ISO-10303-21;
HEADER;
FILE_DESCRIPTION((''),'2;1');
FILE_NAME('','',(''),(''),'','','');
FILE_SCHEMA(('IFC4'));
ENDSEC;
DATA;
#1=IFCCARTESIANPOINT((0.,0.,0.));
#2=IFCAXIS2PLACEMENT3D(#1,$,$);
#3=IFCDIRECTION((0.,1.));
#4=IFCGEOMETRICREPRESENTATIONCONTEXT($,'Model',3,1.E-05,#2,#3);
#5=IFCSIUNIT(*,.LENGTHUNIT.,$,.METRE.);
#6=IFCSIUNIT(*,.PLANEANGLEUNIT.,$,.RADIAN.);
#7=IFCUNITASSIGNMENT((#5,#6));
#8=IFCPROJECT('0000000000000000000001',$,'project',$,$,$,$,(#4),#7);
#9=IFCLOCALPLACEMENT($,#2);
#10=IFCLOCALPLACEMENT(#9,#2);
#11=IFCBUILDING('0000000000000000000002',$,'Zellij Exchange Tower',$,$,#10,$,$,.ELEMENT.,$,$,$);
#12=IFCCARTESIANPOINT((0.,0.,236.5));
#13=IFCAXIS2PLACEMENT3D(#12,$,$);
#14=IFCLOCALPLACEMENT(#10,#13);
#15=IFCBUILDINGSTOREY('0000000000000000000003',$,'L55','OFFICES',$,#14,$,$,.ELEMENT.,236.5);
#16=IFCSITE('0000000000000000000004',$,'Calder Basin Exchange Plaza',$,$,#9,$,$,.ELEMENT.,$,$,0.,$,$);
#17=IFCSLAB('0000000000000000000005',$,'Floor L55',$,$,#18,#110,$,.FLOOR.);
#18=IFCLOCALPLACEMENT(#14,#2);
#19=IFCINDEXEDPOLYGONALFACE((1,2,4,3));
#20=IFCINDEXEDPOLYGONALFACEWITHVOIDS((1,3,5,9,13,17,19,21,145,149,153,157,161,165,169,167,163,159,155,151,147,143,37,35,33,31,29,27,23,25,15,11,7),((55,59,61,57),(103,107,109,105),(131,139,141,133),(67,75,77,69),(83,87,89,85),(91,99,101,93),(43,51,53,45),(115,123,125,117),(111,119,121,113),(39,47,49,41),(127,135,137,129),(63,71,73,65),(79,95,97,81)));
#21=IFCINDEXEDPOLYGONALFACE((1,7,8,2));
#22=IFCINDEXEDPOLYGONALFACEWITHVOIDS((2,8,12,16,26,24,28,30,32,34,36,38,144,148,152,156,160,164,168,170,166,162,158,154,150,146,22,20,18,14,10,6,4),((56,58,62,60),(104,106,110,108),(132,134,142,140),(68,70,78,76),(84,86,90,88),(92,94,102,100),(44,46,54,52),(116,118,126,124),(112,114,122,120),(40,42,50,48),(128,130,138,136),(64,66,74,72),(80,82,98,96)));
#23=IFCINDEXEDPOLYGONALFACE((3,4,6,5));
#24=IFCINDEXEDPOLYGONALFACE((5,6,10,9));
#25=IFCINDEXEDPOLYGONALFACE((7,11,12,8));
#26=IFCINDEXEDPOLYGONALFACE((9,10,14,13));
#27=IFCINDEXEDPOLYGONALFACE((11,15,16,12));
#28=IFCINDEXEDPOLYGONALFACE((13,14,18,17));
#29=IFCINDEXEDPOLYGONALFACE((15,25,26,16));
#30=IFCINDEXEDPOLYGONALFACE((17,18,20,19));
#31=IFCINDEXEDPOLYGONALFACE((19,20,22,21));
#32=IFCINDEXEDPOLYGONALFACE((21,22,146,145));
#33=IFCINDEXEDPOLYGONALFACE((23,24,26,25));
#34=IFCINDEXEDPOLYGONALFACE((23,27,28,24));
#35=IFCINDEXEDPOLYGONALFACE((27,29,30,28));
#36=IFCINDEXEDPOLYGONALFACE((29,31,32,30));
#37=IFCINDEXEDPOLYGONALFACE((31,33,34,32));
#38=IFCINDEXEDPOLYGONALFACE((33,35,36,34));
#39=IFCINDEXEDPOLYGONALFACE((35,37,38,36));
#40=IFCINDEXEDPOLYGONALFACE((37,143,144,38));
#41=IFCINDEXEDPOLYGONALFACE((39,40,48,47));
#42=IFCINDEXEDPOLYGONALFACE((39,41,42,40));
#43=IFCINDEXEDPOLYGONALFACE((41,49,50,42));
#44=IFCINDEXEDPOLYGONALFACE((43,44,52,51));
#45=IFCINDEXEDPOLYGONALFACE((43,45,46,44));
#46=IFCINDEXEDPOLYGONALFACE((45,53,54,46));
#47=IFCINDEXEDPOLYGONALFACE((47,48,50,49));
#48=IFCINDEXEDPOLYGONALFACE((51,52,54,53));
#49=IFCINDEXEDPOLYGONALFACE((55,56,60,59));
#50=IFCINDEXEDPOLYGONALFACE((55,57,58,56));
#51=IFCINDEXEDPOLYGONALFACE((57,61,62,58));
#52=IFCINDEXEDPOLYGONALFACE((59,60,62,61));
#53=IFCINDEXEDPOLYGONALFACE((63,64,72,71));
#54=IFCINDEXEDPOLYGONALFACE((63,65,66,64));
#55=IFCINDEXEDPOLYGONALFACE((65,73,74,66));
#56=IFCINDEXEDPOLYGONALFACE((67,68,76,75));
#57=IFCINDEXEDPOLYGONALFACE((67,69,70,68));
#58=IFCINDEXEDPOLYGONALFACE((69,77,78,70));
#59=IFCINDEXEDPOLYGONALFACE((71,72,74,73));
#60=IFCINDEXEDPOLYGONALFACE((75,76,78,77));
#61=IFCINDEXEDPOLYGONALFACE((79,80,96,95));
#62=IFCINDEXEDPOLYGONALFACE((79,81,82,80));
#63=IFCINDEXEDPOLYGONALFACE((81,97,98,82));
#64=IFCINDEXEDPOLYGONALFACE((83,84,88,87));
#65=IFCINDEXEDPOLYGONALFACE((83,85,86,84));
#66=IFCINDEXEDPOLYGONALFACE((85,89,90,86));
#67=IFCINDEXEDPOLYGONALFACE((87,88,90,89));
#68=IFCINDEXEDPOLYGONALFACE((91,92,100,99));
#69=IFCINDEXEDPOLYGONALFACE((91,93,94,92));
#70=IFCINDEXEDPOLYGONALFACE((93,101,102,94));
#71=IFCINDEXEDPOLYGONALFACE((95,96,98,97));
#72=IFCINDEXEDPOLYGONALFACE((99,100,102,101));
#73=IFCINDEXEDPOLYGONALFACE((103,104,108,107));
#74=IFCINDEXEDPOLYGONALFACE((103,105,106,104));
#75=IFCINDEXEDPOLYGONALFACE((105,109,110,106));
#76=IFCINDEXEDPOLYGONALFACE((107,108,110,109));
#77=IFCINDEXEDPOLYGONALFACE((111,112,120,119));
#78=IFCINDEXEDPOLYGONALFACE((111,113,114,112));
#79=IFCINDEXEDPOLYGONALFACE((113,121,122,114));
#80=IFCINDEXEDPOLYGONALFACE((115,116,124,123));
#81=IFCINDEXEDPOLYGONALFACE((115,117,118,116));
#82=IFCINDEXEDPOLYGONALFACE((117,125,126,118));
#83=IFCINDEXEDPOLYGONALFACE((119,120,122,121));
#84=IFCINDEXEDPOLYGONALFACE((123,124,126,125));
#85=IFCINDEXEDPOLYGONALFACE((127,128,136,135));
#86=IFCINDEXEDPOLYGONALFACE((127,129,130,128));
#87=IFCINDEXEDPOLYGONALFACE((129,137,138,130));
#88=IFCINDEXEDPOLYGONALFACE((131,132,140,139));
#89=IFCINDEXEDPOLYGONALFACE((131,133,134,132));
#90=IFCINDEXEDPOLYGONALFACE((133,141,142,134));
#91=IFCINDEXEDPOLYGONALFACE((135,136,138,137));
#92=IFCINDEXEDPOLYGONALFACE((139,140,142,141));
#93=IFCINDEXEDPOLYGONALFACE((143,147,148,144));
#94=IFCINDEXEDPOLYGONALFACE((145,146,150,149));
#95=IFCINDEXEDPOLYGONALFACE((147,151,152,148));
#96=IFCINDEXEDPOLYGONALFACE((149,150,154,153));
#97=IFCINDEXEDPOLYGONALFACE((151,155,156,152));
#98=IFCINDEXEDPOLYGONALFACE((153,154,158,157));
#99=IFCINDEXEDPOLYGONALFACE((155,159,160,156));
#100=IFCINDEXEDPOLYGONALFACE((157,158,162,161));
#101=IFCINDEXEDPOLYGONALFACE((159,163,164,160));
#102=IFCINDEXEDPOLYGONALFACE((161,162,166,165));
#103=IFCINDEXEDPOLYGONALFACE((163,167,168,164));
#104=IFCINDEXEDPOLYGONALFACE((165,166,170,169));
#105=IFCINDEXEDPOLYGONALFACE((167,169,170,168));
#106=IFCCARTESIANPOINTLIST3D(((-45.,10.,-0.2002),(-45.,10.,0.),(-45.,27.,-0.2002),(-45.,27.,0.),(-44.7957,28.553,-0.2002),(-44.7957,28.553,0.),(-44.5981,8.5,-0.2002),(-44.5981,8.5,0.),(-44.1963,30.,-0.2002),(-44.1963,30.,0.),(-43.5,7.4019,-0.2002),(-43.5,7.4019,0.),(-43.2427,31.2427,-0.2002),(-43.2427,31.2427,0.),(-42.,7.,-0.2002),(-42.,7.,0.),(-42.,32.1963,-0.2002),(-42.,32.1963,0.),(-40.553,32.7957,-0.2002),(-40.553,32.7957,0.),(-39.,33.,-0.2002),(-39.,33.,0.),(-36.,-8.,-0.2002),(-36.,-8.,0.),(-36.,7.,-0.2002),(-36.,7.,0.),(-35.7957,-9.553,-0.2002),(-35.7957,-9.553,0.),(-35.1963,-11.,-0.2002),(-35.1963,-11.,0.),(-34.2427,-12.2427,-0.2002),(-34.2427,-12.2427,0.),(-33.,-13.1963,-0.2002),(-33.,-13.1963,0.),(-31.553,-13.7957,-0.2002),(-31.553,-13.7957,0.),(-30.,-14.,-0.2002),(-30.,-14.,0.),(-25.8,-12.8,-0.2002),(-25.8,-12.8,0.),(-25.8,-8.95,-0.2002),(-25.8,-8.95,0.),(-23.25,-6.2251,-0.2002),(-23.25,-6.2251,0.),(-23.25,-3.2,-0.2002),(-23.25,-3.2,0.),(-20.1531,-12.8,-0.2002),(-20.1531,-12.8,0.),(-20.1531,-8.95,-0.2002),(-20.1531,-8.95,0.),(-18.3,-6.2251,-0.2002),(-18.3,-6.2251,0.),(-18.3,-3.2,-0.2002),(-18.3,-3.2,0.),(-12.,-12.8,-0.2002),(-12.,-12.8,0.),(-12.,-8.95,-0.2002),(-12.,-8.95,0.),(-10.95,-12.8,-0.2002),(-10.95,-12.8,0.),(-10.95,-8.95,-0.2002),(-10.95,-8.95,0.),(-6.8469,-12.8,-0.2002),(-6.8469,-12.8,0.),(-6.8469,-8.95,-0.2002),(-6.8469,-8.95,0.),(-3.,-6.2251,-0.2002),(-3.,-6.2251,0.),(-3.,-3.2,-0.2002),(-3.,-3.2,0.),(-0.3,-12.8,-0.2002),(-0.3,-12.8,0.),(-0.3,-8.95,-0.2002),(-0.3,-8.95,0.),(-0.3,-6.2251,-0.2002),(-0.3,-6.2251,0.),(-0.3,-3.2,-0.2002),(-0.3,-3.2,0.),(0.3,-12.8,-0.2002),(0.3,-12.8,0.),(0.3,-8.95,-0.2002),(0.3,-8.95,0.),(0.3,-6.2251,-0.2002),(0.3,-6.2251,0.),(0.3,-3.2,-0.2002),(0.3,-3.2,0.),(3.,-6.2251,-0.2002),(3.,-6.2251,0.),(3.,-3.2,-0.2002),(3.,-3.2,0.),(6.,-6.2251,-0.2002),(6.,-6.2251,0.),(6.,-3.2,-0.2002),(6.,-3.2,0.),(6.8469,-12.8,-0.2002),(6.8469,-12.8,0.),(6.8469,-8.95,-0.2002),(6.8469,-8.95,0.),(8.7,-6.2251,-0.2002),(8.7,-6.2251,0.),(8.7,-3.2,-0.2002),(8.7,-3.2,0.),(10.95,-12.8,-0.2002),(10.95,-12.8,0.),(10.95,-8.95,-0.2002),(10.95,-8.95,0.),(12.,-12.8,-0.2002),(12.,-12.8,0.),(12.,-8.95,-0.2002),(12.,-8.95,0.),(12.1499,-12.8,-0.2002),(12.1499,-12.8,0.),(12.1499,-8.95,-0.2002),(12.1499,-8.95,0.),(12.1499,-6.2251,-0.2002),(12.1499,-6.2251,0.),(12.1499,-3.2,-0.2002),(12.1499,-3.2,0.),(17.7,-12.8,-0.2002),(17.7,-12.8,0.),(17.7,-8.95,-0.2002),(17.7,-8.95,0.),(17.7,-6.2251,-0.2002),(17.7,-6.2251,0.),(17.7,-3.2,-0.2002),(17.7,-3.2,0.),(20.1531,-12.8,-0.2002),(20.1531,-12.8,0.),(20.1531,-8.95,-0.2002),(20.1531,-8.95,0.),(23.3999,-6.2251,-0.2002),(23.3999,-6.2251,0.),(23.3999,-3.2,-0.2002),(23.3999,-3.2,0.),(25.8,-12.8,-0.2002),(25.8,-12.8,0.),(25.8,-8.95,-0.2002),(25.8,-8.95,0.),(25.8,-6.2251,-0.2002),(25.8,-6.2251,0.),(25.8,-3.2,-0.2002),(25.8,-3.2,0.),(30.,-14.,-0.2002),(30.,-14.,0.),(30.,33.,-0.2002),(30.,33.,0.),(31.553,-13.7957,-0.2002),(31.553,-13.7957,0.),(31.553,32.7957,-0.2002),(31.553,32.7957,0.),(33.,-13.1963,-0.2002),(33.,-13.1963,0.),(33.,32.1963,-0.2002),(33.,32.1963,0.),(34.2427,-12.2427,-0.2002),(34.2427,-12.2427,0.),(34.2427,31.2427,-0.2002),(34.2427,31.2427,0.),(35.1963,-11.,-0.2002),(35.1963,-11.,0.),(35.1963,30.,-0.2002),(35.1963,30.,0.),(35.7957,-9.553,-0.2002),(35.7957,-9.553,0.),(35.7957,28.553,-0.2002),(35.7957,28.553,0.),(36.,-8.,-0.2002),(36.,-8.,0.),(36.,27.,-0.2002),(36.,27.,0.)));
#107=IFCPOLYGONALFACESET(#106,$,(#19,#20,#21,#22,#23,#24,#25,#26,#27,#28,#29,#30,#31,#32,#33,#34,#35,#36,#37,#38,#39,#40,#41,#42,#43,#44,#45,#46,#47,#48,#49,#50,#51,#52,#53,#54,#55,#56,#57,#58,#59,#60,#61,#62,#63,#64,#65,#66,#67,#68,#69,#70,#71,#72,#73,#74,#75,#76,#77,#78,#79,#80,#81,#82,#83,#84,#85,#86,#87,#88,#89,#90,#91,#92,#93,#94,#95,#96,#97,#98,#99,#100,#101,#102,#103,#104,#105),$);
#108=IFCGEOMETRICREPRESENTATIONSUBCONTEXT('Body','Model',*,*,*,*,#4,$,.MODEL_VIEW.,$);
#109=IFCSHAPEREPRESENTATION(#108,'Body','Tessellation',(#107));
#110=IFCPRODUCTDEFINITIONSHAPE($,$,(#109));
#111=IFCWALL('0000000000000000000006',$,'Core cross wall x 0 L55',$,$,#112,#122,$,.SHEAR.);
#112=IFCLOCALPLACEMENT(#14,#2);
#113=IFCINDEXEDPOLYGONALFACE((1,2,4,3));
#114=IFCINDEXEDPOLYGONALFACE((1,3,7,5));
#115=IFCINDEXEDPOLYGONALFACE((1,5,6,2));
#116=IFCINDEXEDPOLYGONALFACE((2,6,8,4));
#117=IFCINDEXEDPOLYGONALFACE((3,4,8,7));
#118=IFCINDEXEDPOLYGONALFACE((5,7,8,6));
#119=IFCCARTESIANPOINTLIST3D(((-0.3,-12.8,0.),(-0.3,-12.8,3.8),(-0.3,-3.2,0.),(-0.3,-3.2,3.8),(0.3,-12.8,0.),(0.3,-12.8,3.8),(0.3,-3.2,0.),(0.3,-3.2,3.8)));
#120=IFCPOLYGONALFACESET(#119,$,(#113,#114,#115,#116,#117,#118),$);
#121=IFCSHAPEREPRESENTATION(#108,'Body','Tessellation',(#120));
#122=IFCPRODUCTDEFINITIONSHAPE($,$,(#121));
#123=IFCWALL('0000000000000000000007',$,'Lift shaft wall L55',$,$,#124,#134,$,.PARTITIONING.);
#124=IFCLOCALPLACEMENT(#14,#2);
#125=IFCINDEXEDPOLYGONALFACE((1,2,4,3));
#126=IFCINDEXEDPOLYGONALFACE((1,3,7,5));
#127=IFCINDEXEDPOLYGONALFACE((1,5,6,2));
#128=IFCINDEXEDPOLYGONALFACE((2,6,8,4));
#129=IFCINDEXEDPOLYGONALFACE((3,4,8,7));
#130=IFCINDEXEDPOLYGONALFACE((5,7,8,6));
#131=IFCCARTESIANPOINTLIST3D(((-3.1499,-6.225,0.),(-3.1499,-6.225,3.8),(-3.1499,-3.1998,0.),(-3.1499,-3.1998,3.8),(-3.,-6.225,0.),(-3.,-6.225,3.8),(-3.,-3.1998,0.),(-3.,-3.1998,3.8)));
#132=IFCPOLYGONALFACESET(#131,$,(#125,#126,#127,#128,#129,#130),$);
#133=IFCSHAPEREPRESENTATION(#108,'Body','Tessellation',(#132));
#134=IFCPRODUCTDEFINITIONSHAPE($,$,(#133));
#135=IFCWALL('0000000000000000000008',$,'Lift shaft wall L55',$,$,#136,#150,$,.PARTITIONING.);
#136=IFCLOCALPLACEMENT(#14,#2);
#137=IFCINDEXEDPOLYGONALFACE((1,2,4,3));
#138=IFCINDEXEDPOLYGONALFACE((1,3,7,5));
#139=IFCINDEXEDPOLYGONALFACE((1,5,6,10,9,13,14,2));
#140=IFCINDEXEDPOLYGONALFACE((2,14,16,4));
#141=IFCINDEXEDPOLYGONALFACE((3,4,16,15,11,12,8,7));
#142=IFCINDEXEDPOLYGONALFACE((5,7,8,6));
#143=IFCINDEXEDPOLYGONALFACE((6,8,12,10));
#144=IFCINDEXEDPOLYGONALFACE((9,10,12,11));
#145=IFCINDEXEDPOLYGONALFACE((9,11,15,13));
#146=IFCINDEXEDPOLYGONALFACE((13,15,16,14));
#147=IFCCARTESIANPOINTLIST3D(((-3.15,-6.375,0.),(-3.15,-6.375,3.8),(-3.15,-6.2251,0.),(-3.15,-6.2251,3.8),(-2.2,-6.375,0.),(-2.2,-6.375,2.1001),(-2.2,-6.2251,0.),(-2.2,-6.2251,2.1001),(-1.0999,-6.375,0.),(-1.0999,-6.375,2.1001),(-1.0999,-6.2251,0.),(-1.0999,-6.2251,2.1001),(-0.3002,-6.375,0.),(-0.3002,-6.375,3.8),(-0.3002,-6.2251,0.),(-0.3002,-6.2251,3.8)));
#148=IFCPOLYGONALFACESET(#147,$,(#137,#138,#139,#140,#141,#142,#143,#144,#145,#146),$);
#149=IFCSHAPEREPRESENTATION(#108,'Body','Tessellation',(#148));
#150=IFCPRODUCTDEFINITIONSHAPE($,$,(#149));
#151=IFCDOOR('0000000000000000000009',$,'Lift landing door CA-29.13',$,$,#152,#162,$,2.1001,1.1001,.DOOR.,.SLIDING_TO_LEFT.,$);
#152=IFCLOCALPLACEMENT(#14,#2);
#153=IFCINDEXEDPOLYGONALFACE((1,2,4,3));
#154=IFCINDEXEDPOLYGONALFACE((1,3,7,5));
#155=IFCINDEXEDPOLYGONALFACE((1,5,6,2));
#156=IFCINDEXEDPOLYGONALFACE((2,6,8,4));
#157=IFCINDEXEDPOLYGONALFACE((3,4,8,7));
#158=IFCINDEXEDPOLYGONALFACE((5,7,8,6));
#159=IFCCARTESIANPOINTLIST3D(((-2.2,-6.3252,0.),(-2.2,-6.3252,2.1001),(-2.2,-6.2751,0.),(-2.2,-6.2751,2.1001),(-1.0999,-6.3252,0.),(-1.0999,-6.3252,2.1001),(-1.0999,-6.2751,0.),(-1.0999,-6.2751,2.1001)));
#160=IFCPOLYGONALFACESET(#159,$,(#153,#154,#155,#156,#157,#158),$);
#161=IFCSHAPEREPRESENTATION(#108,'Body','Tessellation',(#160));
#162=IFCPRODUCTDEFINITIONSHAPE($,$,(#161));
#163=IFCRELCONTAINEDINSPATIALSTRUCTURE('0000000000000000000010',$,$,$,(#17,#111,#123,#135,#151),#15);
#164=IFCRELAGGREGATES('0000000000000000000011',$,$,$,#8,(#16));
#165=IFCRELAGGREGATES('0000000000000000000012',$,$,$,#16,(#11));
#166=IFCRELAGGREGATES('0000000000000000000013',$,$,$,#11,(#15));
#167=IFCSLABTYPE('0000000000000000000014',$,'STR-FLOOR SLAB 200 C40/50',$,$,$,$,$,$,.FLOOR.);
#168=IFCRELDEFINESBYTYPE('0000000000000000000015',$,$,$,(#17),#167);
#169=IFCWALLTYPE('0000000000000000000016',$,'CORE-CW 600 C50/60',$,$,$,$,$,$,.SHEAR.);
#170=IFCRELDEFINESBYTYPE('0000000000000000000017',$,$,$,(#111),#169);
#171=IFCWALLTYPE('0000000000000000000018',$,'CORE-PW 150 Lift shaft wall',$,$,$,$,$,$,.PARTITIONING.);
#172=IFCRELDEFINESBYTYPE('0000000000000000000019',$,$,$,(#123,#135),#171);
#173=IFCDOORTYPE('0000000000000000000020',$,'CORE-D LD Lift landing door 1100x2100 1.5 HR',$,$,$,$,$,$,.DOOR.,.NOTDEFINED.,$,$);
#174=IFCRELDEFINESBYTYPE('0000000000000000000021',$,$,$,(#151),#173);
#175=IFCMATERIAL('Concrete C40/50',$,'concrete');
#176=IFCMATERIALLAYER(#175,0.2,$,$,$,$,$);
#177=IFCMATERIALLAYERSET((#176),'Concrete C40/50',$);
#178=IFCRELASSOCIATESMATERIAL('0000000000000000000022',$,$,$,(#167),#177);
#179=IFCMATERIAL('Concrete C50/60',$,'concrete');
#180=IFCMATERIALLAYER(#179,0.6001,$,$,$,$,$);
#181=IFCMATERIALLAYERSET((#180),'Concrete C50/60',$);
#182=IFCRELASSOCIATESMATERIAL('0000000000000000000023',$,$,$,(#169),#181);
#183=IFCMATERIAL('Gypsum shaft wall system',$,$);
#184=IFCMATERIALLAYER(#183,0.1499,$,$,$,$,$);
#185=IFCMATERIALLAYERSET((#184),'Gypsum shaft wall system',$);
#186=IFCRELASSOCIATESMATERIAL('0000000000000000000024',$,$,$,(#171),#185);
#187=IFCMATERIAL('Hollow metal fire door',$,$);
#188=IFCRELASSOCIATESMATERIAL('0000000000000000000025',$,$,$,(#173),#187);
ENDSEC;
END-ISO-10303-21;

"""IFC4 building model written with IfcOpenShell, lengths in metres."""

from ifc_helpers import new_model, si_unit, direction, frame, frame_2d, origin, place, context, subcontext, project, spatial, polyline, rectangle, outline, extrude, material, layer, layer_set, type_object, element, fill, save


model = new_model("IFC4")

# Units and contexts
model_context = context("Model", 3, precision=1e-05, world=origin(), true_north=direction((0.0, 1.0)))
body_context = subcontext(model_context, "Body", "Model", "MODEL_VIEW")
ifc_project = project(units=[si_unit("LENGTHUNIT", "METRE"), si_unit("PLANEANGLEUNIT", "RADIAN")], contexts=[model_context])

# Site, building, storey
site_placement = place(None, origin())
site = spatial("IfcSite", under=ifc_project, at=site_placement, Name="Calder Basin Exchange Plaza", CompositionType="ELEMENT", RefElevation=0.0)
building_placement = place(site_placement, origin())
building = spatial("IfcBuilding", under=site, at=building_placement, Name="Zellij Exchange Tower", CompositionType="ELEMENT")
storey_placement = place(building_placement, frame((0.0, 0.0, 236.5)))
storey = spatial("IfcBuildingStorey", under=building, at=storey_placement, Name="L55", Description="OFFICES", CompositionType="ELEMENT", Elevation=236.5)

# Slab
ifc_material_1 = material(Name="Concrete C40/50", Category="concrete")
ifc_layer_1 = layer(ifc_material_1, 0.2)
ifc_layer_set_1 = layer_set([ifc_layer_1], Name="Concrete C40/50")
slab_type = type_object("IfcSlabType", Name="STR-FLOOR SLAB 200 C40/50", PredefinedType="FLOOR", material=ifc_layer_set_1)
slab_placement = place(storey_placement, frame((0.0, 0.0, -0.2002)))
element("IfcSlab", 1, at=slab_placement, inside=storey, type_object=slab_type, Name="Floor L55", PredefinedType="FLOOR", context=body_context, shape_type="SweptSolid", body=[
    extrude(outline(polyline([(31.553, 32.7957), (33.0, 32.1963), (34.2427, 31.2427), (35.1963, 30.0), (35.7957, 28.553), (36.0, 27.0), (36.0, -8.0), (35.7957, -9.553), (35.1963, -11.0), (34.2427, -12.2427), (33.0, -13.1963), (31.553, -13.7957), (30.0, -14.0), (-30.0, -14.0), (-31.553, -13.7957), (-33.0, -13.1963), (-34.2427, -12.2427), (-35.1963, -11.0), (-35.7957, -9.553), (-36.0, -8.0), (-36.0, 7.0), (-42.0, 7.0), (-43.5, 7.4019), (-44.5981, 8.5), (-45.0, 10.0), (-45.0, 27.0), (-44.7957, 28.553), (-44.1963, 30.0), (-43.2427, 31.2427), (-42.0, 32.1963), (-40.553, 32.7957), (-39.0, 33.0), (30.0, 33.0), (31.553, 32.7957)]), holes=[polyline([(-25.8, -8.95), (-25.8, -12.8), (-20.1531, -12.8), (-20.1531, -8.95), (-25.8, -8.95)]), polyline([(-10.95, -8.95), (-12.0, -8.95), (-12.0, -12.8), (-10.95, -12.8), (-10.95, -8.95)]), polyline([(-0.3, -8.95), (-6.8469, -8.95), (-6.8469, -12.8), (-0.3, -12.8), (-0.3, -8.95)]), polyline([(0.3, -8.95), (0.3, -12.8), (6.8469, -12.8), (6.8469, -8.95), (0.3, -8.95)]), polyline([(-18.3, -3.2), (-23.25, -3.2), (-23.25, -6.2251), (-18.3, -6.2251), (-18.3, -3.2)]), polyline([(-0.3, -3.2), (-3.0, -3.2), (-3.0, -6.2251), (-0.3, -6.2251), (-0.3, -3.2)]), polyline([(0.3, -3.2), (0.3, -6.2251), (3.0, -6.2251), (3.0, -3.2), (0.3, -3.2)]), polyline([(12.0, -8.95), (10.95, -8.95), (10.95, -12.8), (12.0, -12.8), (12.0, -8.95)]), polyline([(17.7, -8.95), (12.1499, -8.95), (12.1499, -12.8), (17.7, -12.8), (17.7, -8.95)]), polyline([(25.8, -8.95), (20.1531, -8.95), (20.1531, -12.8), (25.8, -12.8), (25.8, -8.95)]), polyline([(8.7, -3.2), (6.0, -3.2), (6.0, -6.2251), (8.7, -6.2251), (8.7, -3.2)]), polyline([(17.7, -3.2), (12.1499, -3.2), (12.1499, -6.2251), (17.7, -6.2251), (17.7, -3.2)]), polyline([(25.8, -3.2), (23.3999, -3.2), (23.3999, -6.2251), (25.8, -6.2251), (25.8, -3.2)])]), origin(), (0.0, 0.0, 1.0), 0.2002),
])

# Walls
ifc_material_2 = material(Name="Concrete C50/60", Category="concrete")
ifc_layer_2 = layer(ifc_material_2, 0.6001)
ifc_layer_set_2 = layer_set([ifc_layer_2], Name="Concrete C50/60")
wall_type_1 = type_object("IfcWallType", Name="CORE-CW 600 C50/60", PredefinedType="SHEAR", material=ifc_layer_set_2)
wall_1_placement = place(storey_placement, frame((0.0, -12.8, 0.0), z_axis=(0.0, 0.0, 1.0), x_axis=(0.0, 1.0, 0.0)))
element("IfcWall", 2, at=wall_1_placement, inside=storey, type_object=wall_type_1, Name="Core cross wall x 0 L55", PredefinedType="SHEAR", context=body_context, shape_type="SweptSolid", body=[
    extrude(rectangle(XDim=9.6001, YDim=0.6001, at=frame_2d((4.8, 0.0))), origin(), (0.0, 0.0, 1.0), 3.8),
])
ifc_material_3 = material(Name="Gypsum shaft wall system")
ifc_layer_3 = layer(ifc_material_3, 0.1499)
ifc_layer_set_3 = layer_set([ifc_layer_3], Name="Gypsum shaft wall system")
wall_type_2 = type_object("IfcWallType", Name="CORE-PW 150 Lift shaft wall", PredefinedType="PARTITIONING", material=ifc_layer_set_3)
wall_2_placement = place(storey_placement, frame((-3.075, -6.2251, 0.0), z_axis=(0.0, 0.0, 1.0), x_axis=(0.0, 1.0, 0.0)))
element("IfcWall", 3, at=wall_2_placement, inside=storey, type_object=wall_type_2, Name="Lift shaft wall L55", PredefinedType="PARTITIONING", context=body_context, shape_type="SweptSolid", body=[
    extrude(rectangle(XDim=3.0251, YDim=0.1499, at=frame_2d((1.5127, 0.0))), origin(), (0.0, 0.0, 1.0), 3.8),
])

# Wall, opening, door
wall_3_placement = place(storey_placement, frame((-3.1499, -6.3, 0.0), z_axis=(0.0, 0.0, 1.0), x_axis=(1.0, 0.0, 0.0)))
wall_3 = element("IfcWall", 4, at=wall_3_placement, inside=storey, type_object=wall_type_2, Name="Lift shaft wall L55", PredefinedType="PARTITIONING", context=body_context, shape_type="SweptSolid", body=[
    extrude(rectangle(XDim=2.8499, YDim=0.1499, at=frame_2d((1.4248, 0.0))), origin(), (0.0, 0.0, 1.0), 3.8),
])
opening_placement = place(wall_3_placement, frame((0.95, 0.0, 0.0)))
opening = element("IfcOpeningElement", 5, at=opening_placement, cuts=wall_3, PredefinedType="OPENING", context=body_context, shape_type="SweptSolid", body=[
    extrude(rectangle(XDim=1.1001, YDim=2.1001, at=frame_2d((0.55, 1.05))), frame((0.0, 0.0869, 0.0), z_axis=(0.0, -1.0, 0.0), x_axis=(1.0, 0.0, 0.0)), (0.0, 0.0, 1.0), 0.1738),
])
ifc_material_4 = material(Name="Hollow metal fire door")
door_type = type_object("IfcDoorType", Name="CORE-D LD Lift landing door 1100x2100 1.5 HR", OperationType="NOTDEFINED", PredefinedType="DOOR", material=ifc_material_4)
door_placement = place(opening_placement, origin())
door = element("IfcDoor", 6, at=door_placement, inside=storey, type_object=door_type, Name="Lift landing door CA-29.13", OperationType="SLIDING_TO_LEFT", OverallHeight=2.1001, OverallWidth=1.1001, PredefinedType="DOOR", context=body_context, shape_type="SweptSolid", body=[
    extrude(rectangle(XDim=1.1001, YDim=2.1001, at=frame_2d((0.55, 1.05))), frame((0.0, 0.0249, 0.0), z_axis=(0.0, -1.0, 0.0), x_axis=(1.0, 0.0, 0.0)), (0.0, 0.0, 1.0), 0.05),
])
fill(opening, door)

save(model, "model.ifc")
